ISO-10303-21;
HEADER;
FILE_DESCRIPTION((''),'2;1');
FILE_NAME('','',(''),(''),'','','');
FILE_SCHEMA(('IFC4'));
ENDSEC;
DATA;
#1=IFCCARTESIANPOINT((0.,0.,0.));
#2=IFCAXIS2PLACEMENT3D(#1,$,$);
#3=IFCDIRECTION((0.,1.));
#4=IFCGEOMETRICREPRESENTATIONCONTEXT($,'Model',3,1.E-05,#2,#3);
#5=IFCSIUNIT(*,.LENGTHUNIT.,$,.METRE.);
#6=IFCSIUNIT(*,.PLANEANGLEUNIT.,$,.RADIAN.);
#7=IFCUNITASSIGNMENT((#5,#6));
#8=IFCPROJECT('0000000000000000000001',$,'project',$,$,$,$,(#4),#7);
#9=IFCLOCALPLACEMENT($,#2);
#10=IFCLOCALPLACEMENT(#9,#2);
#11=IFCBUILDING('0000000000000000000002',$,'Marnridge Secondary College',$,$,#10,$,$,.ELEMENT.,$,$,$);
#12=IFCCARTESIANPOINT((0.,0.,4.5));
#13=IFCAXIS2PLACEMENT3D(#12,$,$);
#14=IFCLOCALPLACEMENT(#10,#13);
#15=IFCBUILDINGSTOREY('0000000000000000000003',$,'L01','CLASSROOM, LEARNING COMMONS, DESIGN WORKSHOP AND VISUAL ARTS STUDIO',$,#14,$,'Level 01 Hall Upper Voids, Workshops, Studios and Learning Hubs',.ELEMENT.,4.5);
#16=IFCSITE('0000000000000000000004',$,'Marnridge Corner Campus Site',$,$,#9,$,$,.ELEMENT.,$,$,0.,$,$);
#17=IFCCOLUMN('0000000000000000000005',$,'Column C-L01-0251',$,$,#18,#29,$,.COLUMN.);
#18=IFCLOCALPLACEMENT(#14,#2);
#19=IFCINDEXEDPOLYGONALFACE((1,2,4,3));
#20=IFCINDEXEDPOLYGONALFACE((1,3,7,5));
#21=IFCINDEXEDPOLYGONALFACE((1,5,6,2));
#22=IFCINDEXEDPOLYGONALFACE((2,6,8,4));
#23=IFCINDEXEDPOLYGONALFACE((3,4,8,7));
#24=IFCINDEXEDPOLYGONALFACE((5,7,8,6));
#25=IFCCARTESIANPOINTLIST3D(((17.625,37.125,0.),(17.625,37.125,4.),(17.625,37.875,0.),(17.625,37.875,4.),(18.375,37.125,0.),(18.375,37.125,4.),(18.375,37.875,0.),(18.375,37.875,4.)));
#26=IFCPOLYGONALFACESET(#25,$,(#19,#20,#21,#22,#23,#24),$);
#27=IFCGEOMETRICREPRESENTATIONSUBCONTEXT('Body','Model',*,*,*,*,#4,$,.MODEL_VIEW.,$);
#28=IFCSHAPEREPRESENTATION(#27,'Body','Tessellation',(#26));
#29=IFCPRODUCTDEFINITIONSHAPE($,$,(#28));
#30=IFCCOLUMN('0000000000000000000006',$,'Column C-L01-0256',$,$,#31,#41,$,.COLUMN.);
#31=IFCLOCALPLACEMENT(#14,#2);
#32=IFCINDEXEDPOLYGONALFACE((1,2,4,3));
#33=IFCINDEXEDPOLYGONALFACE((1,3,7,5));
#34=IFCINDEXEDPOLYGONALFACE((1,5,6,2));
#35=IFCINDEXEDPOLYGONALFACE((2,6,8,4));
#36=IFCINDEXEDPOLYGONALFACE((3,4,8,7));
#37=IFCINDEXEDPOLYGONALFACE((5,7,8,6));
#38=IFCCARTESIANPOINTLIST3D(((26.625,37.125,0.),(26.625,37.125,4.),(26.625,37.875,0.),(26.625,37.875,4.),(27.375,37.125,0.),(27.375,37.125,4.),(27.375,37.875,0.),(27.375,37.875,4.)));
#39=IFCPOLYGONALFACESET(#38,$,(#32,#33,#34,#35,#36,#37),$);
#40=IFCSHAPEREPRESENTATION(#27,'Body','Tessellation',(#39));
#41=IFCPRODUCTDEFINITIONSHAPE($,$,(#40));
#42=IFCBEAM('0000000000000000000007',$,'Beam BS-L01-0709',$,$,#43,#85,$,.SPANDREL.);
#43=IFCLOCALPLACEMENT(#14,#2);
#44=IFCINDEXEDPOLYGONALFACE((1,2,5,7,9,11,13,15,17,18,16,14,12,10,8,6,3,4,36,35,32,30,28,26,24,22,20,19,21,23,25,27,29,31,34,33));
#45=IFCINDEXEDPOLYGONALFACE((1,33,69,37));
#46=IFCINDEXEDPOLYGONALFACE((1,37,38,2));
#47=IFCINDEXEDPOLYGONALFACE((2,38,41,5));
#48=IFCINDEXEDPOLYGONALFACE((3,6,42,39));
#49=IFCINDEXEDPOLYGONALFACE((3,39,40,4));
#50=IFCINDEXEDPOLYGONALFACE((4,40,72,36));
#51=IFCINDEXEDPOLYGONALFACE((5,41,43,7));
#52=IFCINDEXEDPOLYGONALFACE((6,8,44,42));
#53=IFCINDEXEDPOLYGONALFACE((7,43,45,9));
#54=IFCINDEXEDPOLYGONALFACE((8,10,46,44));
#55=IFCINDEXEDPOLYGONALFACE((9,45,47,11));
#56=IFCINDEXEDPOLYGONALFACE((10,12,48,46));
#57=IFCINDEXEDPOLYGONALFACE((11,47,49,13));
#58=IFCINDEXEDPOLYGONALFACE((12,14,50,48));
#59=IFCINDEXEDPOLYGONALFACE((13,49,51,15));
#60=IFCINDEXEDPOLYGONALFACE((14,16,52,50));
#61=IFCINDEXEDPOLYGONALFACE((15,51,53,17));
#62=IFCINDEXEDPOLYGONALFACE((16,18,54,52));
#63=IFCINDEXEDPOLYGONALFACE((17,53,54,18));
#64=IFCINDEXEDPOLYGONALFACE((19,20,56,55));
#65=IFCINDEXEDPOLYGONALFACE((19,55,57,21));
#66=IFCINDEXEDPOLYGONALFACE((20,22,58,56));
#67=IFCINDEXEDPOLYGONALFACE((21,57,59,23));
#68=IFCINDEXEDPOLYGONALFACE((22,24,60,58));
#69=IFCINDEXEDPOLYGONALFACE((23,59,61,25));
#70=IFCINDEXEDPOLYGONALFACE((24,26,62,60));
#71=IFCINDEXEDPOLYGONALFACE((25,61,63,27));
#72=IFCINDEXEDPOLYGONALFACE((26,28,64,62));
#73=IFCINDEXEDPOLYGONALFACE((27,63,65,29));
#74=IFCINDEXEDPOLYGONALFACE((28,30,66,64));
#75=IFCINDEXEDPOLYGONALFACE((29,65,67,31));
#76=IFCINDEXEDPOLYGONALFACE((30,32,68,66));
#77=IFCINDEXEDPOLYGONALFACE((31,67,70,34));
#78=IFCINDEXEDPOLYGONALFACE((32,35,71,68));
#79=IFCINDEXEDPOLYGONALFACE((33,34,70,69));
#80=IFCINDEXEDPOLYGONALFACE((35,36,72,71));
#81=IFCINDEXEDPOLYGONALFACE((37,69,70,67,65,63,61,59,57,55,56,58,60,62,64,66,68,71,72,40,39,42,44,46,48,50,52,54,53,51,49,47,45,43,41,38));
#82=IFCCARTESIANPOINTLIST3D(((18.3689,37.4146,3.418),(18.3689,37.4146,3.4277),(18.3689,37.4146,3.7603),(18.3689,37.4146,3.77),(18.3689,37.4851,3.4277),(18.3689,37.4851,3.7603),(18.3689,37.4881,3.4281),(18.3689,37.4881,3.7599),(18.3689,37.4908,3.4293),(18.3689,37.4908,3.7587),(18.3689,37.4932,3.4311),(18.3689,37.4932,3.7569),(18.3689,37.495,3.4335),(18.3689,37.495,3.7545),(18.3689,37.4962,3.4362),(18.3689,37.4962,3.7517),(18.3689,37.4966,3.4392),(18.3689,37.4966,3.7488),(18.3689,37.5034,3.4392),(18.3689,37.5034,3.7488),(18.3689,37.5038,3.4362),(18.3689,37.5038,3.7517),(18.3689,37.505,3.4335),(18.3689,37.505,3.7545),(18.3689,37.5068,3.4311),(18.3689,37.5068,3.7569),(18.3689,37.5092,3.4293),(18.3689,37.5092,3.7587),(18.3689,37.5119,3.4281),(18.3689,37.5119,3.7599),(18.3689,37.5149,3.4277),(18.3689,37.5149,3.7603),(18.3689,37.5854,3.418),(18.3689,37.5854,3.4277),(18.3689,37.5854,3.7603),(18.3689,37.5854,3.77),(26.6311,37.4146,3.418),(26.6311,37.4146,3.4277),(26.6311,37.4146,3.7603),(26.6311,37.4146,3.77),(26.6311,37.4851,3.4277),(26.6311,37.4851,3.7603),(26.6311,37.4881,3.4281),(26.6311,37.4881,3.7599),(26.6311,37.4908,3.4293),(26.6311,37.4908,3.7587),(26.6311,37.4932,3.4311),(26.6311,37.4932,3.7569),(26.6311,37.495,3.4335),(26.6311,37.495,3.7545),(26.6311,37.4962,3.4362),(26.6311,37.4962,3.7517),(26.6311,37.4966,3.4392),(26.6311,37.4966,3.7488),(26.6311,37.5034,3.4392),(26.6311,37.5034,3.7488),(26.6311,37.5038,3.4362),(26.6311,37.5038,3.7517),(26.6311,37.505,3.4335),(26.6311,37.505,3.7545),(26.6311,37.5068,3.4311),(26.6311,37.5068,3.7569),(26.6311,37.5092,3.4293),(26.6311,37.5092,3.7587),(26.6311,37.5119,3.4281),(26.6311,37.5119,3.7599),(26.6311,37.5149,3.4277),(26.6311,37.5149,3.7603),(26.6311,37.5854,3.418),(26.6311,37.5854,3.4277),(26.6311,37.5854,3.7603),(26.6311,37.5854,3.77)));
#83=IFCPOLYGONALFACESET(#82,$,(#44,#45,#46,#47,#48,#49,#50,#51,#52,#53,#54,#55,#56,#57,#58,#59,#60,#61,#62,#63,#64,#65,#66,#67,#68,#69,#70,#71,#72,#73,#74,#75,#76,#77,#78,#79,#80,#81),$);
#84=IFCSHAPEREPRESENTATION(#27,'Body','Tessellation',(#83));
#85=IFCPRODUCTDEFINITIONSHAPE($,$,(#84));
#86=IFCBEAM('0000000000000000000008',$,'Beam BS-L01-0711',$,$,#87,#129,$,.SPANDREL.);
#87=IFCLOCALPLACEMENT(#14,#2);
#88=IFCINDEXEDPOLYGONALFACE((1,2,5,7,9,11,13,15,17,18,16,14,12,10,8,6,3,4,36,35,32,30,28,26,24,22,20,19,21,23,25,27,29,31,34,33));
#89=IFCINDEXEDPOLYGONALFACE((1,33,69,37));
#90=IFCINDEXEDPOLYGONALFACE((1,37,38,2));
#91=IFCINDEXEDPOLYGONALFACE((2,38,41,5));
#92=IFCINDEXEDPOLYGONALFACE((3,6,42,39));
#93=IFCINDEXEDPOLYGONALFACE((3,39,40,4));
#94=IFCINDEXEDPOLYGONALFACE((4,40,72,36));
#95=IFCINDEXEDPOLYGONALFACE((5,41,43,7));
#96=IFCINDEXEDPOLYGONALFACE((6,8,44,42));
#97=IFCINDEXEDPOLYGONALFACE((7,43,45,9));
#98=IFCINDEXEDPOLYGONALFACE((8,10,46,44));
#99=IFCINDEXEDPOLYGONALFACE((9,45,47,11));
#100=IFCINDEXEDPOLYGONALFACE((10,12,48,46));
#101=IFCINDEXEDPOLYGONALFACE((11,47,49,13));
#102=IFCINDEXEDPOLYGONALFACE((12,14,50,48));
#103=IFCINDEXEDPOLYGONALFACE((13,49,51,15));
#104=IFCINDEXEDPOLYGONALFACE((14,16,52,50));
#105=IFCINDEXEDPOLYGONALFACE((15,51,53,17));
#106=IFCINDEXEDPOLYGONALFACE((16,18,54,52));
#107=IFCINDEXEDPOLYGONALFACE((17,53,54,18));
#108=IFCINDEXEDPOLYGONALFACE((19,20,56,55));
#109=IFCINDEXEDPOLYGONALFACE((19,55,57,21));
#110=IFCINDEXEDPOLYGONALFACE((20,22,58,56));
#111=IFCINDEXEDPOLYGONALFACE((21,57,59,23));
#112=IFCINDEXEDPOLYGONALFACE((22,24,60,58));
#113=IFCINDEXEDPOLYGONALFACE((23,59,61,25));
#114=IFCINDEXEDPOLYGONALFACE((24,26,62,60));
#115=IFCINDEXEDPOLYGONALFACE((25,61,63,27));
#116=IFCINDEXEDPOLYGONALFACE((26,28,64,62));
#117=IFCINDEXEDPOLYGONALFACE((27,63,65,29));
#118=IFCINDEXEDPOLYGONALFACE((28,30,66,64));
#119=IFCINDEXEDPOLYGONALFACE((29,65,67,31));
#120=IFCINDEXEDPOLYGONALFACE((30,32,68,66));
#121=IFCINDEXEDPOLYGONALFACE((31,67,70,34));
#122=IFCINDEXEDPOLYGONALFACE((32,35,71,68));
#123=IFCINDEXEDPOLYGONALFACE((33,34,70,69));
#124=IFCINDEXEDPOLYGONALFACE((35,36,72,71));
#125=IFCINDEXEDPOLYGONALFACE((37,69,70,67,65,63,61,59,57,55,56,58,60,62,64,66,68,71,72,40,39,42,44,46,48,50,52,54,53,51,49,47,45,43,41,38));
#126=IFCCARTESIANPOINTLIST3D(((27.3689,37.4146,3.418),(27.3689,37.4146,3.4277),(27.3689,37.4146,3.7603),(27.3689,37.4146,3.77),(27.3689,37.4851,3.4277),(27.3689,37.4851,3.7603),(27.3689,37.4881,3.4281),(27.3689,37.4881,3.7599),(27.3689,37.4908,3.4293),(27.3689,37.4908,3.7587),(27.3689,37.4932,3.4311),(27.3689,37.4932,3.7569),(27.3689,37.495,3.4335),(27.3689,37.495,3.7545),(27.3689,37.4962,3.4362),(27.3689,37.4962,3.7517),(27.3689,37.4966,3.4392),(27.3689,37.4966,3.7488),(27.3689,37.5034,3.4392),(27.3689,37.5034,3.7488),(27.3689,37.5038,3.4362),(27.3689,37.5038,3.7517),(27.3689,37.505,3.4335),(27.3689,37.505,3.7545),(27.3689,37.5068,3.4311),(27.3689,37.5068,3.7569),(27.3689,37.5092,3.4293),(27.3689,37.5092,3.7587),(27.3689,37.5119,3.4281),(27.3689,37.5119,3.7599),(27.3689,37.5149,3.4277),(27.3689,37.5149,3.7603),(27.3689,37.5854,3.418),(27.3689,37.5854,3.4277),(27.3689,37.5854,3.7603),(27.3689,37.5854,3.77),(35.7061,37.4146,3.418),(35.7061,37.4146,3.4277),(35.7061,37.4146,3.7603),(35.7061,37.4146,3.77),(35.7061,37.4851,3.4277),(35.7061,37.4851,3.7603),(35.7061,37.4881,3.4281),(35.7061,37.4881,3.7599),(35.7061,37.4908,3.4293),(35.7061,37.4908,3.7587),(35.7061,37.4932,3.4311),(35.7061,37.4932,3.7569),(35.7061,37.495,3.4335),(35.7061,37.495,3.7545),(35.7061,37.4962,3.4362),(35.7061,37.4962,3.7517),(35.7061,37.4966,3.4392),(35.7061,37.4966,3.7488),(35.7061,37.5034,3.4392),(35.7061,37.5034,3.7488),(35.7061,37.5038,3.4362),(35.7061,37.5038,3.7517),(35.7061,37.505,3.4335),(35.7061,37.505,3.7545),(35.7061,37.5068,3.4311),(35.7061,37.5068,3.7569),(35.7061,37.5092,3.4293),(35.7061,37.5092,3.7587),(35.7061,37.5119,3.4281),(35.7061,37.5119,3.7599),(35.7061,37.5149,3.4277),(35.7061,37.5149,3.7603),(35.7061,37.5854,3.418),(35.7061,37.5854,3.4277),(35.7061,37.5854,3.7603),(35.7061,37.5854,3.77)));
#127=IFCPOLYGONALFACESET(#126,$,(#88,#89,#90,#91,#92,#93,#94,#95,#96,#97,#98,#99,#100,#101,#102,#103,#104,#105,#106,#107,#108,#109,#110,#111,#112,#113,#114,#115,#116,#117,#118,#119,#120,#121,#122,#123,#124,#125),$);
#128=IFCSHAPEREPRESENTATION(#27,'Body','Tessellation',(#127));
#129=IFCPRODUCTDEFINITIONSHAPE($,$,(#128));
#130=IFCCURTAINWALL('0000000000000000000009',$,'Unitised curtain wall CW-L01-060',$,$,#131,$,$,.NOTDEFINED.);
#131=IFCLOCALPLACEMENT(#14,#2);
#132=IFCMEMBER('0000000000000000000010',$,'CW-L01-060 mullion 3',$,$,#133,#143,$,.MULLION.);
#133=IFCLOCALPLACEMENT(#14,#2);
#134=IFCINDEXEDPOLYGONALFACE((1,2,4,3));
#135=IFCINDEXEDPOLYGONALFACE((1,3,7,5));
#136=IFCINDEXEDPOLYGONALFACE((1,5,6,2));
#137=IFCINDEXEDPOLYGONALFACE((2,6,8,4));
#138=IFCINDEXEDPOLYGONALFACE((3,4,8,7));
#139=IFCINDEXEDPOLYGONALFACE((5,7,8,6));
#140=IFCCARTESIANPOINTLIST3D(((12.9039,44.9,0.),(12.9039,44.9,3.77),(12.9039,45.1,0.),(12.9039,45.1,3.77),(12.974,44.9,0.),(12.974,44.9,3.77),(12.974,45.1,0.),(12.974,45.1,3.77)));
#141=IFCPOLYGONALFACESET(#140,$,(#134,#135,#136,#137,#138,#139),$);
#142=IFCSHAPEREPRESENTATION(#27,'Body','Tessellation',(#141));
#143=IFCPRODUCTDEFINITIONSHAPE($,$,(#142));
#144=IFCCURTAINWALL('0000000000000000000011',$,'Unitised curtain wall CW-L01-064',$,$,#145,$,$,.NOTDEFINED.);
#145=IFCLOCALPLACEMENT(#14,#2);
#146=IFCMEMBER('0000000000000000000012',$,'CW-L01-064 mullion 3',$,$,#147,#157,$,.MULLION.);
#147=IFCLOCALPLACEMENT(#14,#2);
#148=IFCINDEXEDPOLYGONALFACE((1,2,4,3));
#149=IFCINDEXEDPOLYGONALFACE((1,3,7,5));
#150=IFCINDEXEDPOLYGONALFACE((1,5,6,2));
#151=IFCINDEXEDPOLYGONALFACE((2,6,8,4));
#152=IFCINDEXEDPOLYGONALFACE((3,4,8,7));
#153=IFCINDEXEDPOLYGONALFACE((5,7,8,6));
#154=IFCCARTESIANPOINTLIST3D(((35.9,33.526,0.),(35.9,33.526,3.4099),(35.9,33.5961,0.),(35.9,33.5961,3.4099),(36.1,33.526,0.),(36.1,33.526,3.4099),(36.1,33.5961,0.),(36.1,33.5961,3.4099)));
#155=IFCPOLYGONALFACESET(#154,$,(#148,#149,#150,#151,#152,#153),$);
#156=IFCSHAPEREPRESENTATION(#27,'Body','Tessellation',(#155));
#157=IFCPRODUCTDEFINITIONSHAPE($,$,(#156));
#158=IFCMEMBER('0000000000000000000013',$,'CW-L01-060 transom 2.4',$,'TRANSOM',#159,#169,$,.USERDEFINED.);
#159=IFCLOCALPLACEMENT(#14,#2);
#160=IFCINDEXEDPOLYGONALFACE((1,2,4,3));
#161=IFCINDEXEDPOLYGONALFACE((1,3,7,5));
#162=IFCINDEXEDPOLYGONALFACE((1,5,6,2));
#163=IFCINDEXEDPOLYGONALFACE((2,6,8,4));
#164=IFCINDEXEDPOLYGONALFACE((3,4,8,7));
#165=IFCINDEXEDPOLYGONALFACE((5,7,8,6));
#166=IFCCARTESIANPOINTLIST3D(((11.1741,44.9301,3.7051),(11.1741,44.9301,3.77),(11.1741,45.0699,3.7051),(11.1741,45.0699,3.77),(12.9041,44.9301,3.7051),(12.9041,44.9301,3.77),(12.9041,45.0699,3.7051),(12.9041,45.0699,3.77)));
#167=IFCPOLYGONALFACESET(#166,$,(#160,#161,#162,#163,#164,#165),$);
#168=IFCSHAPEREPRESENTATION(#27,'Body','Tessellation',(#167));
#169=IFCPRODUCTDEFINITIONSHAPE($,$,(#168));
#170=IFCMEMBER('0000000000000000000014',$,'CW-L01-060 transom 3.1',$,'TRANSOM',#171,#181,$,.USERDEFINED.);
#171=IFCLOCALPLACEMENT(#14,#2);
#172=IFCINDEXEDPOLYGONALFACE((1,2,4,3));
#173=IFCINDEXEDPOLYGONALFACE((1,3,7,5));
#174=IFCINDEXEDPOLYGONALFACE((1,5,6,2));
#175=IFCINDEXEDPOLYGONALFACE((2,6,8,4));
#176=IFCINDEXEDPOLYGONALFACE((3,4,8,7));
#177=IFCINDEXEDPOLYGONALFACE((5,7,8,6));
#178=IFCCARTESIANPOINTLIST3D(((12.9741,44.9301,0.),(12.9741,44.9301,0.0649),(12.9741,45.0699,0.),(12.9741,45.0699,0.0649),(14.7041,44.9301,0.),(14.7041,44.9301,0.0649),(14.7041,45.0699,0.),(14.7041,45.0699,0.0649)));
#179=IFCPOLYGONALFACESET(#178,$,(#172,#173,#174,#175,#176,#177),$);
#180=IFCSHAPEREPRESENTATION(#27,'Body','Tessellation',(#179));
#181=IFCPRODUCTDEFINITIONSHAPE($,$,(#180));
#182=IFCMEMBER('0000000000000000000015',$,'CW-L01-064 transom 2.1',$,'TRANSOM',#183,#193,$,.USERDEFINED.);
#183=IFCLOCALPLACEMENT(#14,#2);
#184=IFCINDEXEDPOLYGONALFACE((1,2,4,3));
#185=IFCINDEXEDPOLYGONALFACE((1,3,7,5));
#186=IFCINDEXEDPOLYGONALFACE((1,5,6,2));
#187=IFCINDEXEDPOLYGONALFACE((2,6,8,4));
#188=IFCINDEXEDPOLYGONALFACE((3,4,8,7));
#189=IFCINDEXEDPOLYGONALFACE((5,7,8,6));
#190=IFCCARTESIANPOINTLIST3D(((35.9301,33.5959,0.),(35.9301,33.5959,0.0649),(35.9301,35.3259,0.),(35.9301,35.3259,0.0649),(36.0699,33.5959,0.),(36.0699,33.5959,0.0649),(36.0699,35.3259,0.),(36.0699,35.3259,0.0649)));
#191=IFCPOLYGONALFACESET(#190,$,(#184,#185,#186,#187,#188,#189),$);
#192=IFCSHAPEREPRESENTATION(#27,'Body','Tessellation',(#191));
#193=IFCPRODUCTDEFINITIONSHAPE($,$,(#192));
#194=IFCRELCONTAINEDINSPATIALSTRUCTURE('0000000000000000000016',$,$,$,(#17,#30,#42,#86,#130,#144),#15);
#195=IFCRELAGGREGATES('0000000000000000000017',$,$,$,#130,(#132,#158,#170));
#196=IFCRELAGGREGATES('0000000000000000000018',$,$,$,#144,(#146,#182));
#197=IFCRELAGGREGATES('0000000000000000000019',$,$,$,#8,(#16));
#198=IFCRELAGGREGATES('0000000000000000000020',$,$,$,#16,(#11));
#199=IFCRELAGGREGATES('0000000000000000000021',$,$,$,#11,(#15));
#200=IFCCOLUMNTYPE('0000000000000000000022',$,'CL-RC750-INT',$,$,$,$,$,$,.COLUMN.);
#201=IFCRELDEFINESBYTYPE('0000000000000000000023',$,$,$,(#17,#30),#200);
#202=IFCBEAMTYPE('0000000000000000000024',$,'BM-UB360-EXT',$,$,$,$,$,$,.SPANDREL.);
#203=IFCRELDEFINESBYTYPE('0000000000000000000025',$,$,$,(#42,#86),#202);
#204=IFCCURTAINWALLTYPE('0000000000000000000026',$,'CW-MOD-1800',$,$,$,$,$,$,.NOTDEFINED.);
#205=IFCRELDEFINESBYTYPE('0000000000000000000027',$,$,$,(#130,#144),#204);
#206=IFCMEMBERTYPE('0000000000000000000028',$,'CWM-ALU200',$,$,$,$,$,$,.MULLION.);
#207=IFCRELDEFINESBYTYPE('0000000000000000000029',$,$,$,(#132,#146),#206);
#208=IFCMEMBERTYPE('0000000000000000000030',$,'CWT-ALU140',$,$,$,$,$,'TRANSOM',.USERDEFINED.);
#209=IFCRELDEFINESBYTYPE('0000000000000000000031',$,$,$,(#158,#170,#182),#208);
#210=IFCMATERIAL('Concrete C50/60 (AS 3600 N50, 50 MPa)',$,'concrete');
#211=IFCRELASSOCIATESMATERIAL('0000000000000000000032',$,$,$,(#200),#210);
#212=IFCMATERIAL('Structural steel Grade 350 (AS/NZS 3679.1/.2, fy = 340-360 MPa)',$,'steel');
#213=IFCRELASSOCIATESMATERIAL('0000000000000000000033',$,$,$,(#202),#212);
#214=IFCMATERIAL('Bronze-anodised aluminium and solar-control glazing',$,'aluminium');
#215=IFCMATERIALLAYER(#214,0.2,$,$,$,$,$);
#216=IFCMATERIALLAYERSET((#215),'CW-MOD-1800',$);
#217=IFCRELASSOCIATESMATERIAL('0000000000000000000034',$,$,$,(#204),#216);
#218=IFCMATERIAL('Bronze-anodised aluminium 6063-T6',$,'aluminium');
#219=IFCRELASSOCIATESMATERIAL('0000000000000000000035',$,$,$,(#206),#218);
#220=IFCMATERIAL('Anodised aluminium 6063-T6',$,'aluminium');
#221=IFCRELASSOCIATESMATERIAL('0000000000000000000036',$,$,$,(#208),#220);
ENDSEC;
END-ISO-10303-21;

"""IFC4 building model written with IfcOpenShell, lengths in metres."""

from ifc_helpers import new_model, si_unit, direction, frame, origin, origin_2d, place, context, subcontext, project, spatial, rectangle, i_section, extrude, material, layer, layer_set, material_profile, profile_set, type_object, element, aggregate, save


model = new_model("IFC4")

# Units and contexts
model_context = context("Model", 3, precision=1e-05, world=origin(), true_north=direction((0.0, 1.0)))
body_context = subcontext(model_context, "Body", "Model", "MODEL_VIEW")
ifc_project = project(units=[si_unit("LENGTHUNIT", "METRE"), si_unit("PLANEANGLEUNIT", "RADIAN")], contexts=[model_context])

# Site, building, storey
site_placement = place(None, origin())
site = spatial("IfcSite", under=ifc_project, at=site_placement, Name="Marnridge Corner Campus Site", CompositionType="ELEMENT", RefElevation=0.0)
building_placement = place(site_placement, origin())
building = spatial("IfcBuilding", under=site, at=building_placement, Name="Marnridge Secondary College", CompositionType="ELEMENT")
storey_placement = place(building_placement, frame((0.0, 0.0, 4.5)))
storey = spatial("IfcBuildingStorey", under=building, at=storey_placement, Name="L01", Description="CLASSROOM, LEARNING COMMONS, DESIGN WORKSHOP AND VISUAL ARTS STUDIO", LongName="Level 01 Hall Upper Voids, Workshops, Studios and Learning Hubs", CompositionType="ELEMENT", Elevation=4.5)

# Columns
ifc_material_1 = material(Name="Concrete C50/60 (AS 3600 N50, 50 MPa)", Category="concrete")
ifc_material_profile_1 = material_profile(ifc_material_1, rectangle(XDim=0.75, YDim=0.75, at=origin_2d()), Name="RC 750x750")
ifc_profile_set_1 = profile_set([ifc_material_profile_1], Name="Concrete C50/60 (AS 3600 N50, 50 MPa)")
column_type = type_object("IfcColumnType", Name="CL-RC750-INT", PredefinedType="COLUMN", material=ifc_profile_set_1)
for number, where, z_axis, x_axis, name in (
    (1, (18.0, 37.5, 0.0), (0.0, 0.0, 1.0), (1.0, 0.0, 0.0), "Column C-L01-0251"),
    (2, (27.0, 37.5, 0.0), (0.0, 0.0, 1.0), (1.0, 0.0, 0.0), "Column C-L01-0256"),
):
    element("IfcColumn", number, at=place(storey_placement, frame(where, z_axis=z_axis, x_axis=x_axis)), inside=storey, type_object=column_type, Name=name, PredefinedType="COLUMN", context=body_context, shape_type="SweptSolid", body=[
        extrude(rectangle(XDim=0.75, YDim=0.75, at=origin_2d()), origin(), (0.0, 0.0, 1.0), 4.0),
    ])

# Beams
ifc_material_2 = material(Name="Structural steel Grade 350 (AS/NZS 3679.1/.2, fy = 340-360 MPa)", Category="steel")
ifc_material_profile_2 = material_profile(ifc_material_2, i_section(OverallWidth=0.1709, OverallDepth=0.3521, WebThickness=0.0068, FlangeThickness=0.0098, FilletRadius=0.0115, at=origin_2d()), Name="360UB44.7")
ifc_profile_set_2 = profile_set([ifc_material_profile_2], Name="Structural steel Grade 350 (AS/NZS 3679.1/.2, fy = 340-360 MPa)")
beam_type = type_object("IfcBeamType", Name="BM-UB360-EXT", PredefinedType="SPANDREL", material=ifc_profile_set_2)
beam_1_placement = place(storey_placement, frame((18.3689, 37.5, 3.594), z_axis=(1.0, 0.0, 0.0), x_axis=(0.0, 1.0, 0.0)))
element("IfcBeam", 3, at=beam_1_placement, inside=storey, type_object=beam_type, Name="Beam BS-L01-0709", PredefinedType="SPANDREL", context=body_context, shape_type="SweptSolid", body=[
    extrude(i_section(OverallWidth=0.1709, OverallDepth=0.3521, WebThickness=0.0068, FlangeThickness=0.0098, FilletRadius=0.0115, at=origin_2d()), origin(), (0.0, 0.0, 1.0), 8.2622),
])
beam_2_placement = place(storey_placement, frame((27.3689, 37.5, 3.594), z_axis=(1.0, 0.0, 0.0), x_axis=(0.0, 1.0, 0.0)))
element("IfcBeam", 4, at=beam_2_placement, inside=storey, type_object=beam_type, Name="Beam BS-L01-0711", PredefinedType="SPANDREL", context=body_context, shape_type="SweptSolid", body=[
    extrude(i_section(OverallWidth=0.1709, OverallDepth=0.3521, WebThickness=0.0068, FlangeThickness=0.0098, FilletRadius=0.0115, at=origin_2d()), origin(), (0.0, 0.0, 1.0), 8.3372),
])

# Curtain walls, members
ifc_material_3 = material(Name="Bronze-anodised aluminium and solar-control glazing", Category="aluminium")
ifc_layer_1 = layer(ifc_material_3, 0.2)
ifc_layer_set_1 = layer_set([ifc_layer_1], Name="CW-MOD-1800")
curtain_wall_type = type_object("IfcCurtainWallType", Name="CW-MOD-1800", PredefinedType="NOTDEFINED", material=ifc_layer_set_1)
curtain_wall_1_placement = place(storey_placement, origin())
curtain_wall_1 = element("IfcCurtainWall", 5, at=curtain_wall_1_placement, inside=storey, type_object=curtain_wall_type, Name="Unitised curtain wall CW-L01-060", PredefinedType="NOTDEFINED")
ifc_material_4 = material(Name="Bronze-anodised aluminium 6063-T6", Category="aluminium")
ifc_material_profile_3 = material_profile(ifc_material_4, rectangle(XDim=0.0701, YDim=0.2, at=origin_2d()), Name="ALU 70x200")
ifc_profile_set_3 = profile_set([ifc_material_profile_3], Name="Bronze-anodised aluminium 6063-T6")
member_type_1 = type_object("IfcMemberType", Name="CWM-ALU200", PredefinedType="MULLION", material=ifc_profile_set_3)
member_1_placement = place(storey_placement, frame((12.939, 45.0, 0.0), z_axis=(0.0, 0.0, 1.0), x_axis=(1.0, 0.0, 0.0)))
member_1 = element("IfcMember", 6, at=member_1_placement, type_object=member_type_1, Name="CW-L01-060 mullion 3", PredefinedType="MULLION", context=body_context, shape_type="SweptSolid", body=[
    extrude(rectangle(XDim=0.0701, YDim=0.2, at=origin_2d()), origin(), (0.0, 0.0, 1.0), 3.77),
])
curtain_wall_2_placement = place(storey_placement, origin())
curtain_wall_2 = element("IfcCurtainWall", 7, at=curtain_wall_2_placement, inside=storey, type_object=curtain_wall_type, Name="Unitised curtain wall CW-L01-064", PredefinedType="NOTDEFINED")
member_2_placement = place(storey_placement, frame((36.0, 33.561, 0.0), z_axis=(0.0, 0.0, 1.0), x_axis=(0.0, -1.0, 0.0)))
member_2 = element("IfcMember", 8, at=member_2_placement, type_object=member_type_1, Name="CW-L01-064 mullion 3", PredefinedType="MULLION", context=body_context, shape_type="SweptSolid", body=[
    extrude(rectangle(XDim=0.0701, YDim=0.2, at=origin_2d()), origin(), (0.0, 0.0, 1.0), 3.4099),
])

# Members
ifc_material_5 = material(Name="Anodised aluminium 6063-T6", Category="aluminium")
ifc_material_profile_4 = material_profile(ifc_material_5, rectangle(XDim=0.0649, YDim=0.1399, at=origin_2d()), Name="ALU 65x140")
ifc_profile_set_4 = profile_set([ifc_material_profile_4], Name="Anodised aluminium 6063-T6")
member_type_2 = type_object("IfcMemberType", Name="CWT-ALU140", ElementType="TRANSOM", PredefinedType="USERDEFINED", material=ifc_profile_set_4)
member_3_placement = place(storey_placement, frame((11.1741, 45.0, 3.7375), z_axis=(1.0, 0.0, 0.0), x_axis=(0.0, 0.0, 1.0)))
member_3 = element("IfcMember", 9, at=member_3_placement, type_object=member_type_2, Name="CW-L01-060 transom 2.4", ObjectType="TRANSOM", PredefinedType="USERDEFINED", context=body_context, shape_type="SweptSolid", body=[
    extrude(rectangle(XDim=0.0649, YDim=0.1399, at=origin_2d()), origin(), (0.0, 0.0, 1.0), 1.73),
])
member_4_placement = place(storey_placement, frame((12.9741, 45.0, 0.0325), z_axis=(1.0, 0.0, 0.0), x_axis=(0.0, 0.0, 1.0)))
member_4 = element("IfcMember", 10, at=member_4_placement, type_object=member_type_2, Name="CW-L01-060 transom 3.1", ObjectType="TRANSOM", PredefinedType="USERDEFINED", context=body_context, shape_type="SweptSolid", body=[
    extrude(rectangle(XDim=0.0649, YDim=0.1399, at=origin_2d()), origin(), (0.0, 0.0, 1.0), 1.73),
])
member_5_placement = place(storey_placement, frame((36.0, 35.3259, 0.0325), z_axis=(0.0, -1.0, 0.0), x_axis=(0.0, 0.0, 1.0)))
member_5 = element("IfcMember", 11, at=member_5_placement, type_object=member_type_2, Name="CW-L01-064 transom 2.1", ObjectType="TRANSOM", PredefinedType="USERDEFINED", context=body_context, shape_type="SweptSolid", body=[
    extrude(rectangle(XDim=0.0649, YDim=0.1399, at=origin_2d()), origin(), (0.0, 0.0, 1.0), 1.73),
])

aggregate(curtain_wall_1, [member_1, member_3, member_4])
aggregate(curtain_wall_2, [member_2, member_5])

save(model, "model.ifc")
